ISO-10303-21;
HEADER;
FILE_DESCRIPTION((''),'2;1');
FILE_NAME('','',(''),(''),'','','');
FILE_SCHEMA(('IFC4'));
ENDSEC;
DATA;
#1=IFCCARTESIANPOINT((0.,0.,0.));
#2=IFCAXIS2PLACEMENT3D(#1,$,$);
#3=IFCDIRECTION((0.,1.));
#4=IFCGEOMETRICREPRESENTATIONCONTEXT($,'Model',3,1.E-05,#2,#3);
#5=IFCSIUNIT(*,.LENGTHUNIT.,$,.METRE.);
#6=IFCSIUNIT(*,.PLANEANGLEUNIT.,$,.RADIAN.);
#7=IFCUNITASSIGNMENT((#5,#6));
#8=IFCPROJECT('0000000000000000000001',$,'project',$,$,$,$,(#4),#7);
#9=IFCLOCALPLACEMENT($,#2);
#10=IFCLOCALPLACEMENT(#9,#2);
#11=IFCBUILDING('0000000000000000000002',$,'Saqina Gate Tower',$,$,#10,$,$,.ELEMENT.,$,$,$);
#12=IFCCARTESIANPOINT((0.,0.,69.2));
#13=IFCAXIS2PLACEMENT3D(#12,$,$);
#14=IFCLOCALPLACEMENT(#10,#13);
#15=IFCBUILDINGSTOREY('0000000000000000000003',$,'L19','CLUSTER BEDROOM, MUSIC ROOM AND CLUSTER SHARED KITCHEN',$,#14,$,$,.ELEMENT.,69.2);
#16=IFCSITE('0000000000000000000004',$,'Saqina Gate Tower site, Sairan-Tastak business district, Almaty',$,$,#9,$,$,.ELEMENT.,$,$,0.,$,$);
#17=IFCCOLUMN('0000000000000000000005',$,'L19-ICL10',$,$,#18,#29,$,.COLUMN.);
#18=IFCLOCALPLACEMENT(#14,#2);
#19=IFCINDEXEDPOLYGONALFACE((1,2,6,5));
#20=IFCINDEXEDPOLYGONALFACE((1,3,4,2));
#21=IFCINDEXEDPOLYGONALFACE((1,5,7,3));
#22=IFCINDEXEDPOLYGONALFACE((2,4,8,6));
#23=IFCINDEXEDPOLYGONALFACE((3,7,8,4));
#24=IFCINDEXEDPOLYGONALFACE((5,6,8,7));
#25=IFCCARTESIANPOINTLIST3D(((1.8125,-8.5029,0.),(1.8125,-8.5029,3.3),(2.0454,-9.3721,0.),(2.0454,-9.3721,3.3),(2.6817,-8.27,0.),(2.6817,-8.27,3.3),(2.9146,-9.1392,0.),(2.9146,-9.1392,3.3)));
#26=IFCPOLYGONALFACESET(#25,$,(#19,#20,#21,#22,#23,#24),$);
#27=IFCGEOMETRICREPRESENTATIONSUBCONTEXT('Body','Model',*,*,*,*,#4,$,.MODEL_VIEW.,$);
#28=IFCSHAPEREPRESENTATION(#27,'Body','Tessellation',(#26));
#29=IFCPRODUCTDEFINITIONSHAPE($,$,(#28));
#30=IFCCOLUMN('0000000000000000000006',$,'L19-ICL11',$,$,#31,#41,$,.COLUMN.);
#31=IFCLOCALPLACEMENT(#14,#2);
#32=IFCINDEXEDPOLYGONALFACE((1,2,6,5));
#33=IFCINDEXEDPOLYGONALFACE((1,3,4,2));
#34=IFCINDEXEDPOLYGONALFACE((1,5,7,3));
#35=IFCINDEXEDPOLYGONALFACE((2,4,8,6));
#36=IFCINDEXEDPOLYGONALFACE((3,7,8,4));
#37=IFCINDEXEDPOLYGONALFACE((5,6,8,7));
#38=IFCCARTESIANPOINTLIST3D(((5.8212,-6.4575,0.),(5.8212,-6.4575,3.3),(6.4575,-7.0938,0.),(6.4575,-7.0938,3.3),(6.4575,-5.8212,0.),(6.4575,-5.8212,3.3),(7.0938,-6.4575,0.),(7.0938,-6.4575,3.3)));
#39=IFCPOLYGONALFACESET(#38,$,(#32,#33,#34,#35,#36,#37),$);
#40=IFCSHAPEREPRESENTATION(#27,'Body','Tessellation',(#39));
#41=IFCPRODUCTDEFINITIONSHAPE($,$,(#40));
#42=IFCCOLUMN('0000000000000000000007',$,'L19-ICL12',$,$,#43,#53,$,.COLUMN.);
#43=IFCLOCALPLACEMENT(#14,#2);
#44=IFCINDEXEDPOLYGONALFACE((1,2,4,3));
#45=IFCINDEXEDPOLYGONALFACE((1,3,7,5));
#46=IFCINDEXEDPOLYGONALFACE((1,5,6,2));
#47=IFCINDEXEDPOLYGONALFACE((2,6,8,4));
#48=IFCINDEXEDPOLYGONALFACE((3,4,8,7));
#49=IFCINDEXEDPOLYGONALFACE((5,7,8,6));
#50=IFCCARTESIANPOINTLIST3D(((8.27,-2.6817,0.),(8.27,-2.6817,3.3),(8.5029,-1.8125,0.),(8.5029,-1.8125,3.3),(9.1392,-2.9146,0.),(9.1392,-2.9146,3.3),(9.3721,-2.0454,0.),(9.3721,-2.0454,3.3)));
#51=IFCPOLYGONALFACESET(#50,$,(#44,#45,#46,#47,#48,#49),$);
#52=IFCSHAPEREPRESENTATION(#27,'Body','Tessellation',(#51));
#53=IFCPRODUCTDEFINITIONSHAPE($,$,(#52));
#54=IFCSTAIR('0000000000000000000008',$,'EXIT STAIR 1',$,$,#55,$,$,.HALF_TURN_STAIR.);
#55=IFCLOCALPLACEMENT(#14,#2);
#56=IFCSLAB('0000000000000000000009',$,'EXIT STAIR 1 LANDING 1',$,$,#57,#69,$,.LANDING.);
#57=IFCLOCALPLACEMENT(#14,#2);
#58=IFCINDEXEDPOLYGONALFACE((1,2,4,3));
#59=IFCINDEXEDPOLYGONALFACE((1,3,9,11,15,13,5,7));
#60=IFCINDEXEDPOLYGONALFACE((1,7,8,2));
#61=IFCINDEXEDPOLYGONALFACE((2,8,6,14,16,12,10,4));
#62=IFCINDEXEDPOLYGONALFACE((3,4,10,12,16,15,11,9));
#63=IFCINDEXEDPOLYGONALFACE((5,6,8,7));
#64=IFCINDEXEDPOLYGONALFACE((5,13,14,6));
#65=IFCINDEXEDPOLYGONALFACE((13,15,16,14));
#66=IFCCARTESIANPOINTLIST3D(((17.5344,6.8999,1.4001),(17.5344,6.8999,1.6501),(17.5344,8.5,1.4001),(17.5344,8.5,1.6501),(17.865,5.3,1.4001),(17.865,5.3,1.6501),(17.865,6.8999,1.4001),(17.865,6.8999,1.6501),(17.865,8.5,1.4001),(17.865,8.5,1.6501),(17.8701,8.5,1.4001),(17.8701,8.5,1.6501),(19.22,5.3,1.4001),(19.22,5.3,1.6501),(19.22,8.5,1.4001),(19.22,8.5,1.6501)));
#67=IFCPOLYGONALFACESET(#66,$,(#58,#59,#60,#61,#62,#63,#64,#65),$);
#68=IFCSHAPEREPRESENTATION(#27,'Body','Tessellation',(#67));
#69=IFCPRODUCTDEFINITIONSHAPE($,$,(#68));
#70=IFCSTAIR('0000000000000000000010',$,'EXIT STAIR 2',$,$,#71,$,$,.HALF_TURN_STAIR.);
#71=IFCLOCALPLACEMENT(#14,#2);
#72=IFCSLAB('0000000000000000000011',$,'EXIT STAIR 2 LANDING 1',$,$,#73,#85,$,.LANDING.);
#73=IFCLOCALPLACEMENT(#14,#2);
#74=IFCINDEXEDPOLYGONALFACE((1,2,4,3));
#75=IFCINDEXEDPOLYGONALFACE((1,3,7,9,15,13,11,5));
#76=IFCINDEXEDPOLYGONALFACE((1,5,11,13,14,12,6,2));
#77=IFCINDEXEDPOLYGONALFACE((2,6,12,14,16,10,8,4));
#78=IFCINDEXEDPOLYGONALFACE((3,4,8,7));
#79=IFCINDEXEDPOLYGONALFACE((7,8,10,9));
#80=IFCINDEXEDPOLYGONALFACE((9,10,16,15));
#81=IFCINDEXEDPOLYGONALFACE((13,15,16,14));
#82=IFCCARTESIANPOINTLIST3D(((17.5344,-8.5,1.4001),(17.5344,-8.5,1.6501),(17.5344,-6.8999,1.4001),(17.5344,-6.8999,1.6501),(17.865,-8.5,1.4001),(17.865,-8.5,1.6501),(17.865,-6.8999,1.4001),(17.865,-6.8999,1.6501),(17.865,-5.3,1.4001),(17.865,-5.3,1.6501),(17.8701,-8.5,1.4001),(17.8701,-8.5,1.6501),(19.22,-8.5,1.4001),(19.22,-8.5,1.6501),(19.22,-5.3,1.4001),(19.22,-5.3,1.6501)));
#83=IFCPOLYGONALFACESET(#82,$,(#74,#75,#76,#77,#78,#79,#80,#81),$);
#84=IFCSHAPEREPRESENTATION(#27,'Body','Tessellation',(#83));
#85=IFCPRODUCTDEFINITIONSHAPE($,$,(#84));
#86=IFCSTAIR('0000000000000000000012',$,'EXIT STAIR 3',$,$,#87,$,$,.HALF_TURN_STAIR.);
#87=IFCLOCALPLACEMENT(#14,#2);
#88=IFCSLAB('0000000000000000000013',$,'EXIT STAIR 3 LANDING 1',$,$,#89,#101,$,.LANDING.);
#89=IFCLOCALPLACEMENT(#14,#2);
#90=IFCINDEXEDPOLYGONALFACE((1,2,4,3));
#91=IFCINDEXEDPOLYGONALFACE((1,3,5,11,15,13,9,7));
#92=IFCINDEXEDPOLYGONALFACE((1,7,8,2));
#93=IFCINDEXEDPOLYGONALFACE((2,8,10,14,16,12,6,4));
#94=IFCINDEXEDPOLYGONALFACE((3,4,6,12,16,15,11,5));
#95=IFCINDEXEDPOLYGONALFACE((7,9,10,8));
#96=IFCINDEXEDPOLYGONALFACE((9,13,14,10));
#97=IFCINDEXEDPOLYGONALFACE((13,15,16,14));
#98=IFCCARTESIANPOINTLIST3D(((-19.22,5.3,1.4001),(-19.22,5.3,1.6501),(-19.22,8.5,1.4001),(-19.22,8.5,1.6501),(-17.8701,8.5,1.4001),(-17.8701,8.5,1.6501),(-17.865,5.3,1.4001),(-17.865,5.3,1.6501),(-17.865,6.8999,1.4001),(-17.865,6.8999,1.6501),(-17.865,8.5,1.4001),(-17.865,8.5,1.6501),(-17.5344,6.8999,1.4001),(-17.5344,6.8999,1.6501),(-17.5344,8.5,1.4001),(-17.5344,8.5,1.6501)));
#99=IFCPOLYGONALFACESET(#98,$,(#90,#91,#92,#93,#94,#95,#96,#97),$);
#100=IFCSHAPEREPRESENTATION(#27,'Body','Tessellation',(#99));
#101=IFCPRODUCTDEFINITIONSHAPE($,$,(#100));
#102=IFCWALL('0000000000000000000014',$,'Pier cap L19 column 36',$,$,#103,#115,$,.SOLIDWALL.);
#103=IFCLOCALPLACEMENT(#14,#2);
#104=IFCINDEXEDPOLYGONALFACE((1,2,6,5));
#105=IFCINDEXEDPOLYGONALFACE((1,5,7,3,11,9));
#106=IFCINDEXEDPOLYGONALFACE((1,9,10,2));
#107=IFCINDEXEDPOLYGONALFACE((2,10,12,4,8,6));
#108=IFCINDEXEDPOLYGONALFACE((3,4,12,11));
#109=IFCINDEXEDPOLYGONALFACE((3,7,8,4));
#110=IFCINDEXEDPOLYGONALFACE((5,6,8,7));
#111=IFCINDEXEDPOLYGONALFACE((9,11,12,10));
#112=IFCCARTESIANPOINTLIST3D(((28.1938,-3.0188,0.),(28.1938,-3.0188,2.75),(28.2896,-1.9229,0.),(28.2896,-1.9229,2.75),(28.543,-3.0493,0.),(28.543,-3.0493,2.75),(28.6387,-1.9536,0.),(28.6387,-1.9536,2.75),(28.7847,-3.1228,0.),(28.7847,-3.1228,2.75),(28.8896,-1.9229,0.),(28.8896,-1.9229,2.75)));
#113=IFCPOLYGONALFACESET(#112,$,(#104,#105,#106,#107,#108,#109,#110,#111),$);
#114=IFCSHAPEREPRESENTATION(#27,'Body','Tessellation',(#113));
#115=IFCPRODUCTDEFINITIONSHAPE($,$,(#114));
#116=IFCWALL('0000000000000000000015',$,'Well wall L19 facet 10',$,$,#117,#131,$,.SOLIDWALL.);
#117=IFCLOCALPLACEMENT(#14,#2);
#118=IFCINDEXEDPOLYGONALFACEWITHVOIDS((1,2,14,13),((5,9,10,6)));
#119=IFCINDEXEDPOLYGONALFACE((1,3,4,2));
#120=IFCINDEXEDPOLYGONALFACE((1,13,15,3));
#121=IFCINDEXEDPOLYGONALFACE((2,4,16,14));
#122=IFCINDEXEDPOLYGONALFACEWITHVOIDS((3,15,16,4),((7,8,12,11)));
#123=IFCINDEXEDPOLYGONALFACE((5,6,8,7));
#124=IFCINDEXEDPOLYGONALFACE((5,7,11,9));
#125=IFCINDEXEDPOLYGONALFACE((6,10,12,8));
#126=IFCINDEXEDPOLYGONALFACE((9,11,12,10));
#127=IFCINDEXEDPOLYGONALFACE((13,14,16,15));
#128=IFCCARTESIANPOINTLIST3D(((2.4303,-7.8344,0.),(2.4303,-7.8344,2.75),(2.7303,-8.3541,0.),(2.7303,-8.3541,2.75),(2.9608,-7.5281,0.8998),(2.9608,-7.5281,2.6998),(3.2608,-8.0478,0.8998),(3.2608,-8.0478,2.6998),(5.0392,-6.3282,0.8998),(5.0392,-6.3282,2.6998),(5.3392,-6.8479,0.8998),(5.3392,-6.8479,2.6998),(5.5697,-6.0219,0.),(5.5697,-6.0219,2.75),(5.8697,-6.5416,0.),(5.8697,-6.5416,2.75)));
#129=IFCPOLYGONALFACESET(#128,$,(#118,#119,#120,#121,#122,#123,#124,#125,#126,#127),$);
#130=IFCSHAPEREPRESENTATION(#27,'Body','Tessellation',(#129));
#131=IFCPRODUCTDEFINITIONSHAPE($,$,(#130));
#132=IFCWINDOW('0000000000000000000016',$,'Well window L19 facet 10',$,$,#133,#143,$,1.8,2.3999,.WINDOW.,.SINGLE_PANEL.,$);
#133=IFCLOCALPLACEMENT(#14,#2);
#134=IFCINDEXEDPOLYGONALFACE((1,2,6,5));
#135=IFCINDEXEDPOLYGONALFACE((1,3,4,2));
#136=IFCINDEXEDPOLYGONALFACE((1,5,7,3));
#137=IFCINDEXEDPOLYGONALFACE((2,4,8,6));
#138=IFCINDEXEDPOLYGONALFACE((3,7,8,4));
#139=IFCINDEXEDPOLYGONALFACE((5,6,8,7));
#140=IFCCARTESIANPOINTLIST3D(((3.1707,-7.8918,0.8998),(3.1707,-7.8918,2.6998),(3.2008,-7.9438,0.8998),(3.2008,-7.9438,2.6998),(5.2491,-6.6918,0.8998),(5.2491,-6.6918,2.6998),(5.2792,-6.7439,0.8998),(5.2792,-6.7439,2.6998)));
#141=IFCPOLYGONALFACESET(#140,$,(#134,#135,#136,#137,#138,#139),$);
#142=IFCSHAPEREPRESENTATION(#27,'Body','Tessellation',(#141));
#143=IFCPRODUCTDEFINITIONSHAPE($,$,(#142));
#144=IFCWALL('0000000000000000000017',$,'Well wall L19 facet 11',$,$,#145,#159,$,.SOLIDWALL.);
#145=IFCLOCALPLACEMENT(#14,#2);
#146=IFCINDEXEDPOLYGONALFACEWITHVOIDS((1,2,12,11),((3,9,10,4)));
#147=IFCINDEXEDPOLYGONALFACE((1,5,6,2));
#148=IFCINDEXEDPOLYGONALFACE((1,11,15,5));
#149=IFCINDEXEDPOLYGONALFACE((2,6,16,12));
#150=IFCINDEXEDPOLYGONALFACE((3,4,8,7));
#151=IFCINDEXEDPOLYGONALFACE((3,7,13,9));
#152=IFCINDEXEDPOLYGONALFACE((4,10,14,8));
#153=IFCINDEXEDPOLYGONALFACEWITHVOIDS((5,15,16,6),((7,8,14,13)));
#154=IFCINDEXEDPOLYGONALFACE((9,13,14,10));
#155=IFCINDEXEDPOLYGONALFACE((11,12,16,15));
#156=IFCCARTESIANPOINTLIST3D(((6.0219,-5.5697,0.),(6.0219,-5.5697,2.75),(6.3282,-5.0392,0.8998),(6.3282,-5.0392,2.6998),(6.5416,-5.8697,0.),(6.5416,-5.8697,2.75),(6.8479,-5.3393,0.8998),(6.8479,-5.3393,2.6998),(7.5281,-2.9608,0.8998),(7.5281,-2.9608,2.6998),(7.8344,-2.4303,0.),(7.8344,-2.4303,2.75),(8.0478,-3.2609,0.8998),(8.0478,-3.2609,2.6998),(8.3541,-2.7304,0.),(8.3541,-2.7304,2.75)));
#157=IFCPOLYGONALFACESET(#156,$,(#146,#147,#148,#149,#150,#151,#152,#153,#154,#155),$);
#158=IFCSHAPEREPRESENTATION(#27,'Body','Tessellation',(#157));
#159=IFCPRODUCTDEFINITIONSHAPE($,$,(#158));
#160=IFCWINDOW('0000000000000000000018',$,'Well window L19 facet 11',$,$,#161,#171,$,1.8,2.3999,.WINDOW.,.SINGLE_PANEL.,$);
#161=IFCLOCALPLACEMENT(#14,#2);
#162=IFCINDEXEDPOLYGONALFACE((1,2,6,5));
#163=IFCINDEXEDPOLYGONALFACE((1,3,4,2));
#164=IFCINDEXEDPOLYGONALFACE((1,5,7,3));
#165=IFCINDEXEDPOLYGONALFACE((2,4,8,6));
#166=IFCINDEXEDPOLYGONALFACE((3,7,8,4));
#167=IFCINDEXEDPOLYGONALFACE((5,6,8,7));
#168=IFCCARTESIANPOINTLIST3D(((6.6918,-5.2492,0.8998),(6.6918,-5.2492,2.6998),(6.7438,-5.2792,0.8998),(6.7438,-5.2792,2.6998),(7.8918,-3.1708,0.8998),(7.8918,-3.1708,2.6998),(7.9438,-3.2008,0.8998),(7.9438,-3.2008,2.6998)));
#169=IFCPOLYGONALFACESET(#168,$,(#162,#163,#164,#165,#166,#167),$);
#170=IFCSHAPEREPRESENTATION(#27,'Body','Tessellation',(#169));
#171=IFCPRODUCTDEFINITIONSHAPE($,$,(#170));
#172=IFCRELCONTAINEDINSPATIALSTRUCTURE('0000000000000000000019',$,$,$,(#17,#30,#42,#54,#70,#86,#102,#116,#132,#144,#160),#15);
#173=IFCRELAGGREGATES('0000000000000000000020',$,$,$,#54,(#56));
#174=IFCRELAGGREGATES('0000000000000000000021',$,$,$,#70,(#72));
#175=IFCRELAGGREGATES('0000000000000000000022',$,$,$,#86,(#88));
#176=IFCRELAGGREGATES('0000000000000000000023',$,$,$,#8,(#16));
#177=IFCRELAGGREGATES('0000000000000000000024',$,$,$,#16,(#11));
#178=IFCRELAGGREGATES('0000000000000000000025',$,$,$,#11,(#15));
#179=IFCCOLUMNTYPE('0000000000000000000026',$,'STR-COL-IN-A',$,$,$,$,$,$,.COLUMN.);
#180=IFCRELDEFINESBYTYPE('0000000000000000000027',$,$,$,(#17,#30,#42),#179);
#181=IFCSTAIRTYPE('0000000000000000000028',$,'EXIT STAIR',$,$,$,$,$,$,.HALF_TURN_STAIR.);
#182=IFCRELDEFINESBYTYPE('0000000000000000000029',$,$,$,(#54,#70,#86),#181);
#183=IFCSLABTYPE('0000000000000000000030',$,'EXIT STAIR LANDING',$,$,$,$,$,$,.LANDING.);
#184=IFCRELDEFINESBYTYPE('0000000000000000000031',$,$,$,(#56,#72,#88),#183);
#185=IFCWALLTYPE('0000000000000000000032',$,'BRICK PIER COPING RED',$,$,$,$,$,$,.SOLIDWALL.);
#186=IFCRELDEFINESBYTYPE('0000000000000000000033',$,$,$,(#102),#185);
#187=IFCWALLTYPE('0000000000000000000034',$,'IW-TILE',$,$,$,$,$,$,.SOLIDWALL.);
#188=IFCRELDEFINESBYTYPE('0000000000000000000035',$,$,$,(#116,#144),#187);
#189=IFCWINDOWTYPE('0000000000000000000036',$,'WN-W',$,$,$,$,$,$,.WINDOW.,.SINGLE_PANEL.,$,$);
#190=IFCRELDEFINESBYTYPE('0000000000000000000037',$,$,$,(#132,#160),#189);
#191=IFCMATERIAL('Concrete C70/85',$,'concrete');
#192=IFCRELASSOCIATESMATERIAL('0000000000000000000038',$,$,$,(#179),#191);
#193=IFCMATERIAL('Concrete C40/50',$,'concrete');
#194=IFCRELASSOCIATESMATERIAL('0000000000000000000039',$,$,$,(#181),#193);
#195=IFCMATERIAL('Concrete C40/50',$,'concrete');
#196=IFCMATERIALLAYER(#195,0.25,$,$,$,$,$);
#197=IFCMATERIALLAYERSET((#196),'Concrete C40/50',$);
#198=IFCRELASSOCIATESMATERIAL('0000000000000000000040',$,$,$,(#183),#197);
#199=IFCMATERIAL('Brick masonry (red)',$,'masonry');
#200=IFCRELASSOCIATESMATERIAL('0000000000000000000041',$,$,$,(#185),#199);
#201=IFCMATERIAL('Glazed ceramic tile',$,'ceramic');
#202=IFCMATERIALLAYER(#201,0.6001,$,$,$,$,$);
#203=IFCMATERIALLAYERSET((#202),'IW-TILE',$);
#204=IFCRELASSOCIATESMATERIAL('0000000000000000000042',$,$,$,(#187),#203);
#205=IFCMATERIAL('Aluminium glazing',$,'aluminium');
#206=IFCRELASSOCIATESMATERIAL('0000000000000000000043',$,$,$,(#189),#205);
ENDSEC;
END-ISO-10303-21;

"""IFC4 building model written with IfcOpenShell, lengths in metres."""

from ifc_helpers import new_model, si_unit, direction, frame, frame_2d, origin, origin_2d, place, context, subcontext, project, spatial, polyline, rectangle, outline, extrude, material, layer, layer_set, material_profile, profile_set, type_object, element, fill, aggregate, save


model = new_model("IFC4")

# Units and contexts
model_context = context("Model", 3, precision=1e-05, world=origin(), true_north=direction((0.0, 1.0)))
body_context = subcontext(model_context, "Body", "Model", "MODEL_VIEW")
ifc_project = project(units=[si_unit("LENGTHUNIT", "METRE"), si_unit("PLANEANGLEUNIT", "RADIAN")], contexts=[model_context])

# Site, building, storey
site_placement = place(None, origin())
site = spatial("IfcSite", under=ifc_project, at=site_placement, Name="Saqina Gate Tower site, Sairan-Tastak business district, Almaty", CompositionType="ELEMENT", RefElevation=0.0)
building_placement = place(site_placement, origin())
building = spatial("IfcBuilding", under=site, at=building_placement, Name="Saqina Gate Tower", CompositionType="ELEMENT")
storey_placement = place(building_placement, frame((0.0, 0.0, 69.2)))
storey = spatial("IfcBuildingStorey", under=building, at=storey_placement, Name="L19", Description="CLUSTER BEDROOM, MUSIC ROOM AND CLUSTER SHARED KITCHEN", CompositionType="ELEMENT", Elevation=69.2)

# Columns
ifc_material_1 = material(Name="Concrete C70/85", Category="concrete")
ifc_material_profile = material_profile(ifc_material_1, rectangle(XDim=0.8999, YDim=0.8999, at=origin_2d()), Name="RC 900x900")
ifc_profile_set = profile_set([ifc_material_profile], Name="Concrete C70/85")
column_type = type_object("IfcColumnType", Name="STR-COL-IN-A", PredefinedType="COLUMN", material=ifc_profile_set)
for number, where, z_axis, x_axis, name in (
    (1, (2.3635, -8.821, 0.0), (0.0, 0.0, 1.0), (0.258819, -0.965926, 0.0), "L19-ICL10"),
    (2, (6.4575, -6.4575, 0.0), (0.0, 0.0, 1.0), (0.707107, -0.707107, 0.0), "L19-ICL11"),
    (3, (8.821, -2.3635, 0.0), (0.0, 0.0, 1.0), (0.965926, -0.258819, 0.0), "L19-ICL12"),
):
    element("IfcColumn", number, at=place(storey_placement, frame(where, z_axis=z_axis, x_axis=x_axis)), inside=storey, type_object=column_type, Name=name, PredefinedType="COLUMN", context=body_context, shape_type="SweptSolid", body=[
        extrude(rectangle(XDim=0.8999, YDim=0.8999, at=origin_2d()), origin(), (0.0, 0.0, 1.0), 3.3),
    ])

# Stairs, slabs
ifc_material_2 = material(Name="Concrete C40/50", Category="concrete")
stair_type = type_object("IfcStairType", Name="EXIT STAIR", PredefinedType="HALF_TURN_STAIR", material=ifc_material_2)
stair_1_placement = place(storey_placement, origin())
stair_1 = element("IfcStair", 4, at=stair_1_placement, inside=storey, type_object=stair_type, Name="EXIT STAIR 1", PredefinedType="HALF_TURN_STAIR")
ifc_material_3 = material(Name="Concrete C40/50", Category="concrete")
ifc_layer_1 = layer(ifc_material_3, 0.25)
ifc_layer_set_1 = layer_set([ifc_layer_1], Name="Concrete C40/50")
slab_type = type_object("IfcSlabType", Name="EXIT STAIR LANDING", PredefinedType="LANDING", material=ifc_layer_set_1)
slab_1_placement = place(storey_placement, frame((0.0, 0.0, 1.4001)))
slab_1 = element("IfcSlab", 5, at=slab_1_placement, type_object=slab_type, Name="EXIT STAIR 1 LANDING 1", PredefinedType="LANDING", context=body_context, shape_type="SweptSolid", body=[
    extrude(outline(polyline([(19.22, 8.5), (19.22, 5.3), (17.865, 5.3), (17.865, 6.8999), (17.5344, 6.8999), (17.5344, 8.5), (17.865, 8.5), (17.8701, 8.5), (19.22, 8.5)])), origin(), (0.0, 0.0, 1.0), 0.25),
])
aggregate(stair_1, [slab_1])
stair_2_placement = place(storey_placement, origin())
stair_2 = element("IfcStair", 6, at=stair_2_placement, inside=storey, type_object=stair_type, Name="EXIT STAIR 2", PredefinedType="HALF_TURN_STAIR")
slab_2_placement = place(storey_placement, frame((0.0, 0.0, 1.4001)))
slab_2 = element("IfcSlab", 7, at=slab_2_placement, type_object=slab_type, Name="EXIT STAIR 2 LANDING 1", PredefinedType="LANDING", context=body_context, shape_type="SweptSolid", body=[
    extrude(outline(polyline([(17.5344, -8.5), (17.5344, -6.8999), (17.865, -6.8999), (17.865, -5.3), (19.22, -5.3), (19.22, -8.5), (17.8701, -8.5), (17.865, -8.5), (17.5344, -8.5)])), origin(), (0.0, 0.0, 1.0), 0.25),
])
aggregate(stair_2, [slab_2])
stair_3_placement = place(storey_placement, origin())
stair_3 = element("IfcStair", 8, at=stair_3_placement, inside=storey, type_object=stair_type, Name="EXIT STAIR 3", PredefinedType="HALF_TURN_STAIR")
slab_3_placement = place(storey_placement, frame((0.0, 0.0, 1.4001)))
slab_3 = element("IfcSlab", 9, at=slab_3_placement, type_object=slab_type, Name="EXIT STAIR 3 LANDING 1", PredefinedType="LANDING", context=body_context, shape_type="SweptSolid", body=[
    extrude(outline(polyline([(-17.865, 5.3), (-19.22, 5.3), (-19.22, 8.5), (-17.8701, 8.5), (-17.865, 8.5), (-17.5344, 8.5), (-17.5344, 6.8999), (-17.865, 6.8999), (-17.865, 5.3)])), origin(), (0.0, 0.0, 1.0), 0.25),
])
aggregate(stair_3, [slab_3])

# Wall
ifc_material_4 = material(Name="Brick masonry (red)", Category="masonry")
wall_type_1 = type_object("IfcWallType", Name="BRICK PIER COPING RED", PredefinedType="SOLIDWALL", material=ifc_material_4)
wall_1_placement = place(storey_placement, origin())
element("IfcWall", 10, at=wall_1_placement, inside=storey, type_object=wall_type_1, Name="Pier cap L19 column 36", PredefinedType="SOLIDWALL", context=body_context, shape_type="SweptSolid", body=[
    extrude(outline(polyline([(28.7847, -3.1228), (28.8896, -1.9229), (28.2896, -1.9229), (28.6387, -1.9536), (28.543, -3.0493), (28.1938, -3.0188), (28.7847, -3.1228)])), origin(), (0.0, 0.0, 1.0), 2.75),
])

# Walls, openings, windows
ifc_material_5 = material(Name="Glazed ceramic tile", Category="ceramic")
ifc_layer_2 = layer(ifc_material_5, 0.6001)
ifc_layer_set_2 = layer_set([ifc_layer_2], Name="IW-TILE")
wall_type_2 = type_object("IfcWallType", Name="IW-TILE", PredefinedType="SOLIDWALL", material=ifc_layer_set_2)
wall_2_placement = place(storey_placement, frame((2.5803, -8.0942, 0.0), z_axis=(0.0, 0.0, 1.0), x_axis=(0.86603, 0.499993, 0.0)))
wall_2 = element("IfcWall", 11, at=wall_2_placement, inside=storey, type_object=wall_type_2, Name="Well wall L19 facet 10", PredefinedType="SOLIDWALL", context=body_context, shape_type="SweptSolid", body=[
    extrude(rectangle(XDim=3.625, YDim=0.6001, at=frame_2d((1.8125, 0.0))), origin(), (0.0, 0.0, 1.0), 2.75),
])
opening_1_placement = place(wall_2_placement, frame((0.6125, 0.0, 0.8999)))
opening_1 = element("IfcOpeningElement", 12, at=opening_1_placement, cuts=wall_2, PredefinedType="OPENING", context=body_context, shape_type="SweptSolid", body=[
    extrude(rectangle(XDim=2.3999, YDim=1.8, at=frame_2d((1.2, 0.8999))), frame((0.0, 0.312, 0.0), z_axis=(0.0, -1.0, 0.0), x_axis=(1.0, 0.0, 0.0)), (0.0, 0.0, 1.0), 0.624),
])
ifc_material_6 = material(Name="Aluminium glazing", Category="aluminium")
window_type = type_object("IfcWindowType", Name="WN-W", PartitioningType="SINGLE_PANEL", PredefinedType="WINDOW", material=ifc_material_6)
window_1_placement = place(opening_1_placement, origin())
window_1 = element("IfcWindow", 13, at=window_1_placement, inside=storey, type_object=window_type, Name="Well window L19 facet 10", OverallHeight=1.8, OverallWidth=2.3999, PartitioningType="SINGLE_PANEL", PredefinedType="WINDOW", context=body_context, shape_type="SweptSolid", body=[
    extrude(rectangle(XDim=2.3999, YDim=1.8, at=frame_2d((1.2, 0.8999))), frame((0.0, -0.1199, 0.0), z_axis=(0.0, -1.0, 0.0), x_axis=(1.0, 0.0, 0.0)), (0.0, 0.0, 1.0), 0.0601),
])
fill(opening_1, window_1)
wall_3_placement = place(storey_placement, frame((6.2817, -5.7197, 0.0), z_axis=(0.0, 0.0, 1.0), x_axis=(0.499993, 0.86603, 0.0)))
wall_3 = element("IfcWall", 14, at=wall_3_placement, inside=storey, type_object=wall_type_2, Name="Well wall L19 facet 11", PredefinedType="SOLIDWALL", context=body_context, shape_type="SweptSolid", body=[
    extrude(rectangle(XDim=3.625, YDim=0.6001, at=frame_2d((1.8125, 0.0))), origin(), (0.0, 0.0, 1.0), 2.75),
])
opening_2_placement = place(wall_3_placement, frame((0.6125, 0.0, 0.8999)))
opening_2 = element("IfcOpeningElement", 15, at=opening_2_placement, cuts=wall_3, PredefinedType="OPENING", context=body_context, shape_type="SweptSolid", body=[
    extrude(rectangle(XDim=2.3999, YDim=1.8, at=frame_2d((1.2, 0.8999))), frame((0.0, 0.312, 0.0), z_axis=(0.0, -1.0, 0.0), x_axis=(1.0, 0.0, 0.0)), (0.0, 0.0, 1.0), 0.624),
])
window_2_placement = place(opening_2_placement, origin())
window_2 = element("IfcWindow", 16, at=window_2_placement, inside=storey, type_object=window_type, Name="Well window L19 facet 11", OverallHeight=1.8, OverallWidth=2.3999, PartitioningType="SINGLE_PANEL", PredefinedType="WINDOW", context=body_context, shape_type="SweptSolid", body=[
    extrude(rectangle(XDim=2.3999, YDim=1.8, at=frame_2d((1.2, 0.8999))), frame((0.0, -0.1199, 0.0), z_axis=(0.0, -1.0, 0.0), x_axis=(1.0, 0.0, 0.0)), (0.0, 0.0, 1.0), 0.0601),
])
fill(opening_2, window_2)

save(model, "model.ifc")
